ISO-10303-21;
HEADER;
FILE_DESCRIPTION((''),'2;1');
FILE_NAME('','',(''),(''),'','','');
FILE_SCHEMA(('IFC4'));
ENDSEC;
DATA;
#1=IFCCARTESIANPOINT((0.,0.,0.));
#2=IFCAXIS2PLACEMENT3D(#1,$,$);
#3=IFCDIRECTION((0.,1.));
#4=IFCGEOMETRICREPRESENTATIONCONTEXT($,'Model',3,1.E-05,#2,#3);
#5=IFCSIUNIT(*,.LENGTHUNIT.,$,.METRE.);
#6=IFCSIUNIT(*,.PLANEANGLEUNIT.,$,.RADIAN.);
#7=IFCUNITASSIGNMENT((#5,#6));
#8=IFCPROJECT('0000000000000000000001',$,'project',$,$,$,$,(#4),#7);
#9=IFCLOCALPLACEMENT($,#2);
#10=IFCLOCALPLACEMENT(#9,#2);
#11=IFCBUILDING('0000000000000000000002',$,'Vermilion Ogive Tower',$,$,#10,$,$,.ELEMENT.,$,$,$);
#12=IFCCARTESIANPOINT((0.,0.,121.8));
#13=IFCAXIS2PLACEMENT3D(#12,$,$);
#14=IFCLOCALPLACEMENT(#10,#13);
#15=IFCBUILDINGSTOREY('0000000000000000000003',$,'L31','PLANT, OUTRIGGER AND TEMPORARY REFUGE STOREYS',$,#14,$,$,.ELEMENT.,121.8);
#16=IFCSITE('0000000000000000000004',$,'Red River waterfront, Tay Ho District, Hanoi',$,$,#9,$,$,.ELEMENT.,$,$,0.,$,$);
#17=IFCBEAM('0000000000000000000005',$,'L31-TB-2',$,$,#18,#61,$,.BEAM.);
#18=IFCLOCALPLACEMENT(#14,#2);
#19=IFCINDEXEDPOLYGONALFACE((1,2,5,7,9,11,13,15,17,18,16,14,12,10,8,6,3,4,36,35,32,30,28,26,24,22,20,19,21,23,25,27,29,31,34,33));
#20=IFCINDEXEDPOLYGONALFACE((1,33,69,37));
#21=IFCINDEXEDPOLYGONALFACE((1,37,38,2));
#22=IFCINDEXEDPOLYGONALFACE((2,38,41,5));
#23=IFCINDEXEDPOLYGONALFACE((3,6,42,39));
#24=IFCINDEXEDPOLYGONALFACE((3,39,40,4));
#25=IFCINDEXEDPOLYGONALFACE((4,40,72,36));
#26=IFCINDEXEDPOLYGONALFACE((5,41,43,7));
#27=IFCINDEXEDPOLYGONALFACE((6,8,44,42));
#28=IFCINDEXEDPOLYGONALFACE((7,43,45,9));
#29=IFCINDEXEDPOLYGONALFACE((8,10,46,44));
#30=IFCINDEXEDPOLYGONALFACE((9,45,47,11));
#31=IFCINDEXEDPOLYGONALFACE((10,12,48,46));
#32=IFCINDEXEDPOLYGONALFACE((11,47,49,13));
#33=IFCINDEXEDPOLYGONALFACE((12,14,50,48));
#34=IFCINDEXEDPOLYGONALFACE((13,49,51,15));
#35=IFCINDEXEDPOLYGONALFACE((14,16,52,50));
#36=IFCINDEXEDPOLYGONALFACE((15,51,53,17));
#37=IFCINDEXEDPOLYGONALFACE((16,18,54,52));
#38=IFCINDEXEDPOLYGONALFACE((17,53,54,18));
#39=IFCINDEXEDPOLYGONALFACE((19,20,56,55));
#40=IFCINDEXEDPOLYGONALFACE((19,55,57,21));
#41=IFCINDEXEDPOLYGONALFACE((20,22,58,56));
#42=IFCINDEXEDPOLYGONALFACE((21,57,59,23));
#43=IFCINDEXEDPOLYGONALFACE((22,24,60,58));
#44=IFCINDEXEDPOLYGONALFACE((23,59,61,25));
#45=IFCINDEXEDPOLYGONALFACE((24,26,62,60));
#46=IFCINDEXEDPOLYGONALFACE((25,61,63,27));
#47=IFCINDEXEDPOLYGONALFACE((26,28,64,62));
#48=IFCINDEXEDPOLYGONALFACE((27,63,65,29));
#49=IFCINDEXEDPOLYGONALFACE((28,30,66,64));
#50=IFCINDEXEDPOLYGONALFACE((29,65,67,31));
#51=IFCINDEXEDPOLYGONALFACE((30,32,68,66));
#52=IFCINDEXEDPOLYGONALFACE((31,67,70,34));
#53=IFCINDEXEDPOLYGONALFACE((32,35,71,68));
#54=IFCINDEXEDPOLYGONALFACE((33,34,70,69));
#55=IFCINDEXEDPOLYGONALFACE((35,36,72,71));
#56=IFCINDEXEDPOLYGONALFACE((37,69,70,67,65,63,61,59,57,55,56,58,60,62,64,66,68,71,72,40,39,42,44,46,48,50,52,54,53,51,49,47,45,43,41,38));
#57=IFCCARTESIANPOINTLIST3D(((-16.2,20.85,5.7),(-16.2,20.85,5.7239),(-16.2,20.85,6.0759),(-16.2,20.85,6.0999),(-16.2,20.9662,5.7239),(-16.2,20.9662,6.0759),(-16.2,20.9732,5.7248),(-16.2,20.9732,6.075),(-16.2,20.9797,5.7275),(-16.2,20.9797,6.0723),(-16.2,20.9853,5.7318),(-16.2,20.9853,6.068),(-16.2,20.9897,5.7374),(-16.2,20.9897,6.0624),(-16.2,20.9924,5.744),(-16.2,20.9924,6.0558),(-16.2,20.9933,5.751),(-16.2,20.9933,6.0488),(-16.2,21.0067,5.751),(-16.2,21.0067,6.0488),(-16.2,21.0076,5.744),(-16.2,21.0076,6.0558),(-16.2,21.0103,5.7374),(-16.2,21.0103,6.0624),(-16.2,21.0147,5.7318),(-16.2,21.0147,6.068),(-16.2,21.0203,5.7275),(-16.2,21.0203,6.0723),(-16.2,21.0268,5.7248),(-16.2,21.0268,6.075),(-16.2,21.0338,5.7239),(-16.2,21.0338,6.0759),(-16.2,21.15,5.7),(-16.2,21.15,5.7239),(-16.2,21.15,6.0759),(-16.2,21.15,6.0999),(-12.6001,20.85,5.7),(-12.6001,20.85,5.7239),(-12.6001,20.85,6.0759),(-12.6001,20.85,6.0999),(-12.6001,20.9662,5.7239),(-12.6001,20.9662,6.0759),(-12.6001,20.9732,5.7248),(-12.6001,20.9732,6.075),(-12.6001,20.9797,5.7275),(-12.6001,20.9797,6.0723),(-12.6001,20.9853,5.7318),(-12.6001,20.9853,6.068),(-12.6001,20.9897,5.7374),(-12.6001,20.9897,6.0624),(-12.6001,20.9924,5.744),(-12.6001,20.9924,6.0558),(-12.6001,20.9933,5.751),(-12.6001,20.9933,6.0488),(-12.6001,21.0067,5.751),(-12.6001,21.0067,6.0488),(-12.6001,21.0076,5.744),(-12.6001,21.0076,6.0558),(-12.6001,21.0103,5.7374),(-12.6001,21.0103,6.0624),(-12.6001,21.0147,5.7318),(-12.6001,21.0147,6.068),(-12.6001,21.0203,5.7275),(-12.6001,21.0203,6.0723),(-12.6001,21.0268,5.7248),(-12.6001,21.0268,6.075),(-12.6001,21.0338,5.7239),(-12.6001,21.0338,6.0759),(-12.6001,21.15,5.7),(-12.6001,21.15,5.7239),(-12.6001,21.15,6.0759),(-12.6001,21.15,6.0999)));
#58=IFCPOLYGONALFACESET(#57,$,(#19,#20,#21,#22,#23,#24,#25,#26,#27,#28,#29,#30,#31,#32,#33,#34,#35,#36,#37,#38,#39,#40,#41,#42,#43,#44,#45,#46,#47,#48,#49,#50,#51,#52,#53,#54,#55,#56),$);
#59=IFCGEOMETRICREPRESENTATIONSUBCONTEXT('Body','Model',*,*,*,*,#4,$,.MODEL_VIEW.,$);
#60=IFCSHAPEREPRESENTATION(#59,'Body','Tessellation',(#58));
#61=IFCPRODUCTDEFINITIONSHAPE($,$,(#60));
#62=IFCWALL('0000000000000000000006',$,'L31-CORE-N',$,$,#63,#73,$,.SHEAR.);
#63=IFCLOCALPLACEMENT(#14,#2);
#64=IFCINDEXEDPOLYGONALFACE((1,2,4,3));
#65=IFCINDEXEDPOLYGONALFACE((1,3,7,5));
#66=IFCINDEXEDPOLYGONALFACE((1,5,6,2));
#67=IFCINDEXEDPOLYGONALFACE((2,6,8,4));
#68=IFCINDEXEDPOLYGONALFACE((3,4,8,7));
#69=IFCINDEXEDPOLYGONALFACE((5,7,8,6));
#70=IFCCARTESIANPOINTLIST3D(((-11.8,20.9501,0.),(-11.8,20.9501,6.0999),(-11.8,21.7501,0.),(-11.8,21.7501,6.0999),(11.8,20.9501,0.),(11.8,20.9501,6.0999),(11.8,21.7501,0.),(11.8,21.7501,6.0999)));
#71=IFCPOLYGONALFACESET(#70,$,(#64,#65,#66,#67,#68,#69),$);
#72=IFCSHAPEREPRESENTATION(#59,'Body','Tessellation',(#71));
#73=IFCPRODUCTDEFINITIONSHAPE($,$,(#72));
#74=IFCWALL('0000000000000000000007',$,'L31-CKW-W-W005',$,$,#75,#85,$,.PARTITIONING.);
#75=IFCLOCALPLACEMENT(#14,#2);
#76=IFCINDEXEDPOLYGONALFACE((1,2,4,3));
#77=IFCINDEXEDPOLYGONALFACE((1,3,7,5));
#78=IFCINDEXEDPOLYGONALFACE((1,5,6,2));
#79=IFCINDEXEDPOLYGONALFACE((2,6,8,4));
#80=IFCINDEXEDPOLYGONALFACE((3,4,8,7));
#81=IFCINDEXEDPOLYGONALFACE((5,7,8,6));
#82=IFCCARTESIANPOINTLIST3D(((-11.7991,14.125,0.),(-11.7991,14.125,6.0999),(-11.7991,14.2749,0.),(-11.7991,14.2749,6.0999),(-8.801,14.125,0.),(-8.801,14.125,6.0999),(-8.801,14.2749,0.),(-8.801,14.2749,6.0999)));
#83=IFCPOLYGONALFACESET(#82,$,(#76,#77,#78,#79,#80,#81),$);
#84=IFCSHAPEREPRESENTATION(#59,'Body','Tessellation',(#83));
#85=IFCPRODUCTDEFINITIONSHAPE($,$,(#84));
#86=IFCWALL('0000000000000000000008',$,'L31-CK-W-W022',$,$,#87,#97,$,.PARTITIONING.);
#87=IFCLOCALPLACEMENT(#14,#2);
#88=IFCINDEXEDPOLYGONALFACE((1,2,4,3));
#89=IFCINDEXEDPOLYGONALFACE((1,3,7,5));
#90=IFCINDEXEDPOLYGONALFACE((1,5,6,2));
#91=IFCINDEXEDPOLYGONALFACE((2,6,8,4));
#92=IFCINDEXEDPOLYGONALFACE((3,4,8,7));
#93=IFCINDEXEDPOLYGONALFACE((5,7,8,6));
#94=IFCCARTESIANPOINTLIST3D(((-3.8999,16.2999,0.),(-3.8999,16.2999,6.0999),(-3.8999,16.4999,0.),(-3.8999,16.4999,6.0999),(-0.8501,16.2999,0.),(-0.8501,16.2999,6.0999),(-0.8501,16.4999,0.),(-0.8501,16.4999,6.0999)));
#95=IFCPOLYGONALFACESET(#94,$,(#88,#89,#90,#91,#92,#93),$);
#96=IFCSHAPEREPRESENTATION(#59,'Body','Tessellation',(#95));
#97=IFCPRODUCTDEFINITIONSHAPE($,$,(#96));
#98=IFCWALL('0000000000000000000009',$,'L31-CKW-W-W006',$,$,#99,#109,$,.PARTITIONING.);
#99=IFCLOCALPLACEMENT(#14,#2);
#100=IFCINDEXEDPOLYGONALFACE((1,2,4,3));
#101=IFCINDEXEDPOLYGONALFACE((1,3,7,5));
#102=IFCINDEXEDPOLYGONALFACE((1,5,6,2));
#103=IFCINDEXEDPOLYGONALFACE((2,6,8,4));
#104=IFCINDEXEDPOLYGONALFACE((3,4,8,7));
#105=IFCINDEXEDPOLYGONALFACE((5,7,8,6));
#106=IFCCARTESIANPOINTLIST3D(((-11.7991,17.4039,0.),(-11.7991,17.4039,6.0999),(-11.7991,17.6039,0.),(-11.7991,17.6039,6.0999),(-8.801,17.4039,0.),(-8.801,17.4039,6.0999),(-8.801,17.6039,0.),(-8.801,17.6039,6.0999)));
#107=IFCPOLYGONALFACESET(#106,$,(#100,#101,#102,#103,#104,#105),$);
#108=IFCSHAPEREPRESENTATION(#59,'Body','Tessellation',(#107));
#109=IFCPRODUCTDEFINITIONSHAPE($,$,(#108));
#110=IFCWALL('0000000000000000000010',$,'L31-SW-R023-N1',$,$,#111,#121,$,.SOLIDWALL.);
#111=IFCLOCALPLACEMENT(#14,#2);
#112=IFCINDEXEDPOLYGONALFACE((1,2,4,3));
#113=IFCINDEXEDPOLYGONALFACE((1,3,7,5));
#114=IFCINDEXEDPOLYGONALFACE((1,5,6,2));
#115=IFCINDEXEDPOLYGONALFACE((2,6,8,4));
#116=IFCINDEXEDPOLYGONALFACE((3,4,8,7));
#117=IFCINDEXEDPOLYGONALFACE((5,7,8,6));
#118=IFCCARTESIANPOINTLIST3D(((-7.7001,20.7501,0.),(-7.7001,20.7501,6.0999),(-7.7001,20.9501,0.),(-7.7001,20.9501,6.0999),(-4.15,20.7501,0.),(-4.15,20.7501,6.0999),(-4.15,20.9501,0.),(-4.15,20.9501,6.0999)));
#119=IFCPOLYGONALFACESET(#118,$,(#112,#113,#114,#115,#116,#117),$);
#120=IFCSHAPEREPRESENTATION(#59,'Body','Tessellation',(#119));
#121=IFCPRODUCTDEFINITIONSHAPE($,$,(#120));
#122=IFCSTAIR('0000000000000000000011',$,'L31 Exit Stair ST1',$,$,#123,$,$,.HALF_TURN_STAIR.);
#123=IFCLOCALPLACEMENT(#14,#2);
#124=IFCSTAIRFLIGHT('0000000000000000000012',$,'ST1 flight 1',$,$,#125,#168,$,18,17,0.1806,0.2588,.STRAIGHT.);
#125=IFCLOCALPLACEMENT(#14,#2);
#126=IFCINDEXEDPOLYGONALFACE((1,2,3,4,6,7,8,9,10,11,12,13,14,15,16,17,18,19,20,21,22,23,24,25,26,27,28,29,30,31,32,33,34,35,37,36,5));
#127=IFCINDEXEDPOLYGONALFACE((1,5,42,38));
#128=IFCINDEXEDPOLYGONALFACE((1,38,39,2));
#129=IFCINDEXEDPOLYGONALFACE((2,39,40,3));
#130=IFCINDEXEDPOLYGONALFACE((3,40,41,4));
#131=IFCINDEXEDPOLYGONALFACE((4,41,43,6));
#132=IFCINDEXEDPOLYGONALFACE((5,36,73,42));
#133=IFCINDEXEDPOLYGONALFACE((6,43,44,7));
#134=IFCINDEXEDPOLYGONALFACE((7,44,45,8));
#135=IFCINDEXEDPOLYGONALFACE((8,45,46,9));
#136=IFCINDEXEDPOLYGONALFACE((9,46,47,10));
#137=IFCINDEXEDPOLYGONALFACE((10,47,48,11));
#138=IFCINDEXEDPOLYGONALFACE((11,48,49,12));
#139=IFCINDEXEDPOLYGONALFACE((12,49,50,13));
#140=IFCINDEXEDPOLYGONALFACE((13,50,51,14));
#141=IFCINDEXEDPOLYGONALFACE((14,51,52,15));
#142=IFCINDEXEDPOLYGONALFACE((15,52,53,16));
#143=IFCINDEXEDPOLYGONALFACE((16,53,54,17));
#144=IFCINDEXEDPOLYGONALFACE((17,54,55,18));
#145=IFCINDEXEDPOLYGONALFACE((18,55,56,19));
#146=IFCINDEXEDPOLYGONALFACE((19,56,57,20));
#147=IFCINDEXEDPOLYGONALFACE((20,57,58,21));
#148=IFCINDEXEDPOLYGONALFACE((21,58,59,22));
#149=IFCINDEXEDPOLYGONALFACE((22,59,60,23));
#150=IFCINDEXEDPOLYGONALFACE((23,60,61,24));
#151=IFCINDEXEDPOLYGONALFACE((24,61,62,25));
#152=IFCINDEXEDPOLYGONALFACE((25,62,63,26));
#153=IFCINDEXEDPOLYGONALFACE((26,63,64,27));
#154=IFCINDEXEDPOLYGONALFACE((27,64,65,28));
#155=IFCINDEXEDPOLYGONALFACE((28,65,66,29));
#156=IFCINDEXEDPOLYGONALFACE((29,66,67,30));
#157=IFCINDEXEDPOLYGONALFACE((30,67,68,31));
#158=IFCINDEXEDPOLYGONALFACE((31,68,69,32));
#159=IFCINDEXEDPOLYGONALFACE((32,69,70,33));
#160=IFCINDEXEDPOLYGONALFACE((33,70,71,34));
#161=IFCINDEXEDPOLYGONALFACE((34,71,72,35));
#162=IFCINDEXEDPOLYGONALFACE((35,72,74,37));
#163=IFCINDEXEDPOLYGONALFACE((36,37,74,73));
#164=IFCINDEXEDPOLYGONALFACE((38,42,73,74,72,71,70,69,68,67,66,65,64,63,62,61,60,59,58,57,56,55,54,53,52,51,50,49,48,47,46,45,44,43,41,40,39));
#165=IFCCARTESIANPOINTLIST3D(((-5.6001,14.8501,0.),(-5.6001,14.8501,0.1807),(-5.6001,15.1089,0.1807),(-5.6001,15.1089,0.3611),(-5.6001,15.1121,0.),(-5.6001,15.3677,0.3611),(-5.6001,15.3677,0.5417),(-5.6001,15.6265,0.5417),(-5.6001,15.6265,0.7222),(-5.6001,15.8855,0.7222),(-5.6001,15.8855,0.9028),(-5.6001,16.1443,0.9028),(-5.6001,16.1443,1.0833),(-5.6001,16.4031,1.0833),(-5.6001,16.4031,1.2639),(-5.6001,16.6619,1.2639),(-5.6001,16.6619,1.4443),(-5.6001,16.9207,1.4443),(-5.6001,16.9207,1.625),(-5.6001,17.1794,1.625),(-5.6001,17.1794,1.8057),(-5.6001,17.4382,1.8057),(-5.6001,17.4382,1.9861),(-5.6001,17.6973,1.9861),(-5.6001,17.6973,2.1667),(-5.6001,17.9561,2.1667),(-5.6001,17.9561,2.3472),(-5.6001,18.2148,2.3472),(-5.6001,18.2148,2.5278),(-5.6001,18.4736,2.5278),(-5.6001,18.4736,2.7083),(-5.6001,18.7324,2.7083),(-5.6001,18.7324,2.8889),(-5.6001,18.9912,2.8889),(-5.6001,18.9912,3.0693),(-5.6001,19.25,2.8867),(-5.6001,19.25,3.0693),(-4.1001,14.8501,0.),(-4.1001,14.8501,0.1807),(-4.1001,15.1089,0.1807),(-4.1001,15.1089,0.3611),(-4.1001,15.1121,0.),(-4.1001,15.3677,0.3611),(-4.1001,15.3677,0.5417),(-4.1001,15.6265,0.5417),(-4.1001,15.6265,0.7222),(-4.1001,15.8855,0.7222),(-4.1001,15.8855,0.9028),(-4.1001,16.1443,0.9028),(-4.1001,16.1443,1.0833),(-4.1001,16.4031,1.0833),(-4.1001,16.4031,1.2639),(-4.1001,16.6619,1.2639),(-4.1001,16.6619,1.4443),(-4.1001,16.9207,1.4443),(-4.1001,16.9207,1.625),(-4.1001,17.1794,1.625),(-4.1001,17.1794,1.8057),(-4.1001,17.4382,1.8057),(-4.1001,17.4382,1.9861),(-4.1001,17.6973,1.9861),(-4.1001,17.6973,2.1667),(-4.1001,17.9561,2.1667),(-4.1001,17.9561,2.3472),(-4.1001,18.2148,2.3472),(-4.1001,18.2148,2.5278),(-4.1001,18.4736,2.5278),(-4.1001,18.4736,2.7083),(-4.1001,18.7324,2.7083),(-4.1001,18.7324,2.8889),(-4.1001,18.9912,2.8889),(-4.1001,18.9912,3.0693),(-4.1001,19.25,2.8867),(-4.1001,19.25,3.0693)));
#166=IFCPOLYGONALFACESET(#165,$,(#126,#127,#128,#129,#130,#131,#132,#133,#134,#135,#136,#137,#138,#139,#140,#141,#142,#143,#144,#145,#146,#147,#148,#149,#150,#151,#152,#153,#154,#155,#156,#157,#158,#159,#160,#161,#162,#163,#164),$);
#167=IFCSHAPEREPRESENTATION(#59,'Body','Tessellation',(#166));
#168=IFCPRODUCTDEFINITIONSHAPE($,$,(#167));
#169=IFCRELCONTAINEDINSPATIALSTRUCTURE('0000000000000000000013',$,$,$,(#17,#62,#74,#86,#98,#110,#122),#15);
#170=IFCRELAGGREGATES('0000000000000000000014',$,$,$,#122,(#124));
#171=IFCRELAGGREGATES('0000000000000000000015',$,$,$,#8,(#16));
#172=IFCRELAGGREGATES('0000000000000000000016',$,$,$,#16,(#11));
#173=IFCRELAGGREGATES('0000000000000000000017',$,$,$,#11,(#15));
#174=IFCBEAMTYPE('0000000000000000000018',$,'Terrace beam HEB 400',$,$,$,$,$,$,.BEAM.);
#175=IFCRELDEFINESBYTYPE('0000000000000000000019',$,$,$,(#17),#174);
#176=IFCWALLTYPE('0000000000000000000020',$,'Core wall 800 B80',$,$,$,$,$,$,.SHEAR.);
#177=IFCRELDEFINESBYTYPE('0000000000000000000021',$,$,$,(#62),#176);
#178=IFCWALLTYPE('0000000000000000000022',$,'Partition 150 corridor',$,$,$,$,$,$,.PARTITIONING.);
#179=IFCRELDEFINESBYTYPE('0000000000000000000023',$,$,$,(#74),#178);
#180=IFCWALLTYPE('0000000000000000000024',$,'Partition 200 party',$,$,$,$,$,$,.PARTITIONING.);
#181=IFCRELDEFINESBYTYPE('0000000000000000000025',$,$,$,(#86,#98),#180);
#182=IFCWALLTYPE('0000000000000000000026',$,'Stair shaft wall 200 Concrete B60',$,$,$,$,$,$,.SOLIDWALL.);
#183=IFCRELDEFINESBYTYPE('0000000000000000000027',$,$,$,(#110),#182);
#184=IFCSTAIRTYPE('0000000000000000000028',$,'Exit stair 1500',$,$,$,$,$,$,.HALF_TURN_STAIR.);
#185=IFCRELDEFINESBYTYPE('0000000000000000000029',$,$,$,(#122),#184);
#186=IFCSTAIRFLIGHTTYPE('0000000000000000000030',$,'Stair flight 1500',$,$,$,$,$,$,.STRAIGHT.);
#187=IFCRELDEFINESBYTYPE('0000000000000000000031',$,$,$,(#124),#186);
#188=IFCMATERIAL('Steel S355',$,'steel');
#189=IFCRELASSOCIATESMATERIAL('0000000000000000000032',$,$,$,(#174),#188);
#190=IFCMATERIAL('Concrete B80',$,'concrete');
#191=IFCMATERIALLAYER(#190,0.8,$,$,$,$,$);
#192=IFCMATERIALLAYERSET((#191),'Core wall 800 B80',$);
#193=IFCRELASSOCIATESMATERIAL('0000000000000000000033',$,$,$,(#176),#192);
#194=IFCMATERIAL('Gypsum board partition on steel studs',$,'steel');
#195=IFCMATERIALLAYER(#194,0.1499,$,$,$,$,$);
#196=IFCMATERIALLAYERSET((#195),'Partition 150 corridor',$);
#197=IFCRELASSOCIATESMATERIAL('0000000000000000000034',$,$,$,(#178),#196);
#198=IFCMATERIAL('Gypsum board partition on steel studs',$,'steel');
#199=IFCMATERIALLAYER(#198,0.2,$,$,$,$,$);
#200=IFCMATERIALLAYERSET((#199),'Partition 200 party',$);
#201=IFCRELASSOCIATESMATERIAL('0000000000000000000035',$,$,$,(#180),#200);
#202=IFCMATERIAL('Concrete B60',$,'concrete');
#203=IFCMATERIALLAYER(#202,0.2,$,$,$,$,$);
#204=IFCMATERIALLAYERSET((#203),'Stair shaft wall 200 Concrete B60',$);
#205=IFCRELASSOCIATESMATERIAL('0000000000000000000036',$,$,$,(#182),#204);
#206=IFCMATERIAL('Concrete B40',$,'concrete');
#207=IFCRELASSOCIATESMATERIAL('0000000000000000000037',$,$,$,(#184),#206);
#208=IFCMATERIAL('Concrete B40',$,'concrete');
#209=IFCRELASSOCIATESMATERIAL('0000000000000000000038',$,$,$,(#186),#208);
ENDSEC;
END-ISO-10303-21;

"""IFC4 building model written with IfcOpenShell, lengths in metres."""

from ifc_helpers import new_model, si_unit, direction, frame, frame_2d, origin, origin_2d, place, context, subcontext, project, spatial, polyline, rectangle, i_section, outline, extrude, material, layer, layer_set, material_profile, profile_set, type_object, element, aggregate, save


model = new_model("IFC4")

# Units and contexts
model_context = context("Model", 3, precision=1e-05, world=origin(), true_north=direction((0.0, 1.0)))
body_context = subcontext(model_context, "Body", "Model", "MODEL_VIEW")
ifc_project = project(units=[si_unit("LENGTHUNIT", "METRE"), si_unit("PLANEANGLEUNIT", "RADIAN")], contexts=[model_context])

# Site, building, storey
site_placement = place(None, origin())
site = spatial("IfcSite", under=ifc_project, at=site_placement, Name="Red River waterfront, Tay Ho District, Hanoi", CompositionType="ELEMENT", RefElevation=0.0)
building_placement = place(site_placement, origin())
building = spatial("IfcBuilding", under=site, at=building_placement, Name="Vermilion Ogive Tower", CompositionType="ELEMENT")
storey_placement = place(building_placement, frame((0.0, 0.0, 121.8)))
storey = spatial("IfcBuildingStorey", under=building, at=storey_placement, Name="L31", Description="PLANT, OUTRIGGER AND TEMPORARY REFUGE STOREYS", CompositionType="ELEMENT", Elevation=121.8)

# Beam
ifc_material_1 = material(Name="Steel S355", Category="steel")
ifc_material_profile = material_profile(ifc_material_1, i_section(OverallWidth=0.3, OverallDepth=0.3999, WebThickness=0.0134, FlangeThickness=0.0239, FilletRadius=0.0271, at=origin_2d()), Name="HEB 400")
ifc_profile_set = profile_set([ifc_material_profile], Name="Steel S355")
beam_type = type_object("IfcBeamType", Name="Terrace beam HEB 400", PredefinedType="BEAM", material=ifc_profile_set)
beam_placement = place(storey_placement, frame((-12.6001, 21.0, 5.8999), z_axis=(-1.0, 0.0, 0.0), x_axis=(0.0, -1.0, 0.0)))
element("IfcBeam", 1, at=beam_placement, inside=storey, type_object=beam_type, Name="L31-TB-2", PredefinedType="BEAM", context=body_context, shape_type="SweptSolid", body=[
    extrude(i_section(OverallWidth=0.3, OverallDepth=0.3999, WebThickness=0.0134, FlangeThickness=0.0239, FilletRadius=0.0271, at=origin_2d()), origin(), (0.0, 0.0, 1.0), 3.5999),
])

# Walls
ifc_material_2 = material(Name="Concrete B80", Category="concrete")
ifc_layer_1 = layer(ifc_material_2, 0.8)
ifc_layer_set_1 = layer_set([ifc_layer_1], Name="Core wall 800 B80")
wall_type_1 = type_object("IfcWallType", Name="Core wall 800 B80", PredefinedType="SHEAR", material=ifc_layer_set_1)
wall_1_placement = place(storey_placement, frame((-11.8, 21.3501, 0.0), z_axis=(0.0, 0.0, 1.0), x_axis=(1.0, 0.0, 0.0)))
element("IfcWall", 2, at=wall_1_placement, inside=storey, type_object=wall_type_1, Name="L31-CORE-N", PredefinedType="SHEAR", context=body_context, shape_type="SweptSolid", body=[
    extrude(rectangle(XDim=23.6001, YDim=0.8, at=frame_2d((11.8, 0.0))), origin(), (0.0, 0.0, 1.0), 6.0999),
])
ifc_material_3 = material(Name="Gypsum board partition on steel studs", Category="steel")
ifc_layer_2 = layer(ifc_material_3, 0.1499)
ifc_layer_set_2 = layer_set([ifc_layer_2], Name="Partition 150 corridor")
wall_type_2 = type_object("IfcWallType", Name="Partition 150 corridor", PredefinedType="PARTITIONING", material=ifc_layer_set_2)
wall_2_placement = place(storey_placement, frame((-11.7991, 14.2, 0.0), z_axis=(0.0, 0.0, 1.0), x_axis=(1.0, 0.0, 0.0)))
element("IfcWall", 3, at=wall_2_placement, inside=storey, type_object=wall_type_2, Name="L31-CKW-W-W005", PredefinedType="PARTITIONING", context=body_context, shape_type="SweptSolid", body=[
    extrude(rectangle(XDim=2.998, YDim=0.1499, at=frame_2d((1.499, 0.0))), origin(), (0.0, 0.0, 1.0), 6.0999),
])
ifc_material_4 = material(Name="Gypsum board partition on steel studs", Category="steel")
ifc_layer_3 = layer(ifc_material_4, 0.2)
ifc_layer_set_3 = layer_set([ifc_layer_3], Name="Partition 200 party")
wall_type_3 = type_object("IfcWallType", Name="Partition 200 party", PredefinedType="PARTITIONING", material=ifc_layer_set_3)
wall_3_placement = place(storey_placement, frame((-3.8999, 16.3999, 0.0), z_axis=(0.0, 0.0, 1.0), x_axis=(1.0, 0.0, 0.0)))
element("IfcWall", 4, at=wall_3_placement, inside=storey, type_object=wall_type_3, Name="L31-CK-W-W022", PredefinedType="PARTITIONING", context=body_context, shape_type="SweptSolid", body=[
    extrude(rectangle(XDim=3.0498, YDim=0.2, at=frame_2d((1.5249, 0.0))), origin(), (0.0, 0.0, 1.0), 6.0999),
])
wall_4_placement = place(storey_placement, frame((-11.7991, 17.5039, 0.0), z_axis=(0.0, 0.0, 1.0), x_axis=(1.0, 0.0, 0.0)))
element("IfcWall", 5, at=wall_4_placement, inside=storey, type_object=wall_type_3, Name="L31-CKW-W-W006", PredefinedType="PARTITIONING", context=body_context, shape_type="SweptSolid", body=[
    extrude(rectangle(XDim=2.998, YDim=0.2, at=frame_2d((1.499, 0.0))), origin(), (0.0, 0.0, 1.0), 6.0999),
])
ifc_material_5 = material(Name="Concrete B60", Category="concrete")
ifc_layer_4 = layer(ifc_material_5, 0.2)
ifc_layer_set_4 = layer_set([ifc_layer_4], Name="Stair shaft wall 200 Concrete B60")
wall_type_4 = type_object("IfcWallType", Name="Stair shaft wall 200 Concrete B60", PredefinedType="SOLIDWALL", material=ifc_layer_set_4)
wall_5_placement = place(storey_placement, frame((-7.7, 20.8501, 0.0), z_axis=(0.0, 0.0, 1.0), x_axis=(1.0, 0.0, 0.0)))
element("IfcWall", 6, at=wall_5_placement, inside=storey, type_object=wall_type_4, Name="L31-SW-R023-N1", PredefinedType="SOLIDWALL", context=body_context, shape_type="SweptSolid", body=[
    extrude(rectangle(XDim=3.55, YDim=0.2, at=frame_2d((1.7749, 0.0))), origin(), (0.0, 0.0, 1.0), 6.0999),
])

# Stair, stair flight
ifc_material_6 = material(Name="Concrete B40", Category="concrete")
stair_type = type_object("IfcStairType", Name="Exit stair 1500", PredefinedType="HALF_TURN_STAIR", material=ifc_material_6)
stair_placement = place(storey_placement, origin())
stair = element("IfcStair", 7, at=stair_placement, inside=storey, type_object=stair_type, Name="L31 Exit Stair ST1", PredefinedType="HALF_TURN_STAIR")
ifc_material_7 = material(Name="Concrete B40", Category="concrete")
stair_flight_type = type_object("IfcStairFlightType", Name="Stair flight 1500", PredefinedType="STRAIGHT", material=ifc_material_7)
stair_flight_1_placement = place(storey_placement, frame((-4.8501, 14.8501, 0.0), z_axis=(0.0, 0.0, 1.0), x_axis=(0.0, 1.0, 0.0)))
stair_flight_1 = element("IfcStairFlight", 8, at=stair_flight_1_placement, type_object=stair_flight_type, Name="ST1 flight 1", NumberOfRisers=18, NumberOfTreads=17, PredefinedType="STRAIGHT", RiserHeight=0.1806, TreadLength=0.2588, context=body_context, shape_type="SweptSolid", body=[
    extrude(outline(polyline([(0.0, 0.0), (0.0, 0.1807), (0.2588, 0.1807), (0.2588, 0.3611), (0.5176, 0.3611), (0.5176, 0.5417), (0.7764, 0.5417), (0.7764, 0.7222), (1.0354, 0.7222), (1.0354, 0.9028), (1.2942, 0.9028), (1.2942, 1.0833), (1.553, 1.0833), (1.553, 1.2639), (1.8118, 1.2639), (1.8118, 1.4443), (2.0706, 1.4443), (2.0706, 1.625), (2.3293, 1.625), (2.3293, 1.8057), (2.5881, 1.8057), (2.5881, 1.9861), (2.8472, 1.9861), (2.8472, 2.1667), (3.106, 2.1667), (3.106, 2.3472), (3.3647, 2.3472), (3.3647, 2.5278), (3.6235, 2.5278), (3.6235, 2.7083), (3.8823, 2.7083), (3.8823, 2.8889), (4.1411, 2.8889), (4.1411, 3.0693), (4.3999, 3.0693), (4.3999, 3.25), (4.3999, 2.8867), (0.262, 0.0), (0.0, 0.0)])), frame((0.0, 0.75, 0.0), z_axis=(0.0, -1.0, 0.0), x_axis=(1.0, 0.0, 0.0)), (0.0, 0.0, 1.0), 1.5),
])
aggregate(stair, [stair_flight_1])

save(model, "model.ifc")
